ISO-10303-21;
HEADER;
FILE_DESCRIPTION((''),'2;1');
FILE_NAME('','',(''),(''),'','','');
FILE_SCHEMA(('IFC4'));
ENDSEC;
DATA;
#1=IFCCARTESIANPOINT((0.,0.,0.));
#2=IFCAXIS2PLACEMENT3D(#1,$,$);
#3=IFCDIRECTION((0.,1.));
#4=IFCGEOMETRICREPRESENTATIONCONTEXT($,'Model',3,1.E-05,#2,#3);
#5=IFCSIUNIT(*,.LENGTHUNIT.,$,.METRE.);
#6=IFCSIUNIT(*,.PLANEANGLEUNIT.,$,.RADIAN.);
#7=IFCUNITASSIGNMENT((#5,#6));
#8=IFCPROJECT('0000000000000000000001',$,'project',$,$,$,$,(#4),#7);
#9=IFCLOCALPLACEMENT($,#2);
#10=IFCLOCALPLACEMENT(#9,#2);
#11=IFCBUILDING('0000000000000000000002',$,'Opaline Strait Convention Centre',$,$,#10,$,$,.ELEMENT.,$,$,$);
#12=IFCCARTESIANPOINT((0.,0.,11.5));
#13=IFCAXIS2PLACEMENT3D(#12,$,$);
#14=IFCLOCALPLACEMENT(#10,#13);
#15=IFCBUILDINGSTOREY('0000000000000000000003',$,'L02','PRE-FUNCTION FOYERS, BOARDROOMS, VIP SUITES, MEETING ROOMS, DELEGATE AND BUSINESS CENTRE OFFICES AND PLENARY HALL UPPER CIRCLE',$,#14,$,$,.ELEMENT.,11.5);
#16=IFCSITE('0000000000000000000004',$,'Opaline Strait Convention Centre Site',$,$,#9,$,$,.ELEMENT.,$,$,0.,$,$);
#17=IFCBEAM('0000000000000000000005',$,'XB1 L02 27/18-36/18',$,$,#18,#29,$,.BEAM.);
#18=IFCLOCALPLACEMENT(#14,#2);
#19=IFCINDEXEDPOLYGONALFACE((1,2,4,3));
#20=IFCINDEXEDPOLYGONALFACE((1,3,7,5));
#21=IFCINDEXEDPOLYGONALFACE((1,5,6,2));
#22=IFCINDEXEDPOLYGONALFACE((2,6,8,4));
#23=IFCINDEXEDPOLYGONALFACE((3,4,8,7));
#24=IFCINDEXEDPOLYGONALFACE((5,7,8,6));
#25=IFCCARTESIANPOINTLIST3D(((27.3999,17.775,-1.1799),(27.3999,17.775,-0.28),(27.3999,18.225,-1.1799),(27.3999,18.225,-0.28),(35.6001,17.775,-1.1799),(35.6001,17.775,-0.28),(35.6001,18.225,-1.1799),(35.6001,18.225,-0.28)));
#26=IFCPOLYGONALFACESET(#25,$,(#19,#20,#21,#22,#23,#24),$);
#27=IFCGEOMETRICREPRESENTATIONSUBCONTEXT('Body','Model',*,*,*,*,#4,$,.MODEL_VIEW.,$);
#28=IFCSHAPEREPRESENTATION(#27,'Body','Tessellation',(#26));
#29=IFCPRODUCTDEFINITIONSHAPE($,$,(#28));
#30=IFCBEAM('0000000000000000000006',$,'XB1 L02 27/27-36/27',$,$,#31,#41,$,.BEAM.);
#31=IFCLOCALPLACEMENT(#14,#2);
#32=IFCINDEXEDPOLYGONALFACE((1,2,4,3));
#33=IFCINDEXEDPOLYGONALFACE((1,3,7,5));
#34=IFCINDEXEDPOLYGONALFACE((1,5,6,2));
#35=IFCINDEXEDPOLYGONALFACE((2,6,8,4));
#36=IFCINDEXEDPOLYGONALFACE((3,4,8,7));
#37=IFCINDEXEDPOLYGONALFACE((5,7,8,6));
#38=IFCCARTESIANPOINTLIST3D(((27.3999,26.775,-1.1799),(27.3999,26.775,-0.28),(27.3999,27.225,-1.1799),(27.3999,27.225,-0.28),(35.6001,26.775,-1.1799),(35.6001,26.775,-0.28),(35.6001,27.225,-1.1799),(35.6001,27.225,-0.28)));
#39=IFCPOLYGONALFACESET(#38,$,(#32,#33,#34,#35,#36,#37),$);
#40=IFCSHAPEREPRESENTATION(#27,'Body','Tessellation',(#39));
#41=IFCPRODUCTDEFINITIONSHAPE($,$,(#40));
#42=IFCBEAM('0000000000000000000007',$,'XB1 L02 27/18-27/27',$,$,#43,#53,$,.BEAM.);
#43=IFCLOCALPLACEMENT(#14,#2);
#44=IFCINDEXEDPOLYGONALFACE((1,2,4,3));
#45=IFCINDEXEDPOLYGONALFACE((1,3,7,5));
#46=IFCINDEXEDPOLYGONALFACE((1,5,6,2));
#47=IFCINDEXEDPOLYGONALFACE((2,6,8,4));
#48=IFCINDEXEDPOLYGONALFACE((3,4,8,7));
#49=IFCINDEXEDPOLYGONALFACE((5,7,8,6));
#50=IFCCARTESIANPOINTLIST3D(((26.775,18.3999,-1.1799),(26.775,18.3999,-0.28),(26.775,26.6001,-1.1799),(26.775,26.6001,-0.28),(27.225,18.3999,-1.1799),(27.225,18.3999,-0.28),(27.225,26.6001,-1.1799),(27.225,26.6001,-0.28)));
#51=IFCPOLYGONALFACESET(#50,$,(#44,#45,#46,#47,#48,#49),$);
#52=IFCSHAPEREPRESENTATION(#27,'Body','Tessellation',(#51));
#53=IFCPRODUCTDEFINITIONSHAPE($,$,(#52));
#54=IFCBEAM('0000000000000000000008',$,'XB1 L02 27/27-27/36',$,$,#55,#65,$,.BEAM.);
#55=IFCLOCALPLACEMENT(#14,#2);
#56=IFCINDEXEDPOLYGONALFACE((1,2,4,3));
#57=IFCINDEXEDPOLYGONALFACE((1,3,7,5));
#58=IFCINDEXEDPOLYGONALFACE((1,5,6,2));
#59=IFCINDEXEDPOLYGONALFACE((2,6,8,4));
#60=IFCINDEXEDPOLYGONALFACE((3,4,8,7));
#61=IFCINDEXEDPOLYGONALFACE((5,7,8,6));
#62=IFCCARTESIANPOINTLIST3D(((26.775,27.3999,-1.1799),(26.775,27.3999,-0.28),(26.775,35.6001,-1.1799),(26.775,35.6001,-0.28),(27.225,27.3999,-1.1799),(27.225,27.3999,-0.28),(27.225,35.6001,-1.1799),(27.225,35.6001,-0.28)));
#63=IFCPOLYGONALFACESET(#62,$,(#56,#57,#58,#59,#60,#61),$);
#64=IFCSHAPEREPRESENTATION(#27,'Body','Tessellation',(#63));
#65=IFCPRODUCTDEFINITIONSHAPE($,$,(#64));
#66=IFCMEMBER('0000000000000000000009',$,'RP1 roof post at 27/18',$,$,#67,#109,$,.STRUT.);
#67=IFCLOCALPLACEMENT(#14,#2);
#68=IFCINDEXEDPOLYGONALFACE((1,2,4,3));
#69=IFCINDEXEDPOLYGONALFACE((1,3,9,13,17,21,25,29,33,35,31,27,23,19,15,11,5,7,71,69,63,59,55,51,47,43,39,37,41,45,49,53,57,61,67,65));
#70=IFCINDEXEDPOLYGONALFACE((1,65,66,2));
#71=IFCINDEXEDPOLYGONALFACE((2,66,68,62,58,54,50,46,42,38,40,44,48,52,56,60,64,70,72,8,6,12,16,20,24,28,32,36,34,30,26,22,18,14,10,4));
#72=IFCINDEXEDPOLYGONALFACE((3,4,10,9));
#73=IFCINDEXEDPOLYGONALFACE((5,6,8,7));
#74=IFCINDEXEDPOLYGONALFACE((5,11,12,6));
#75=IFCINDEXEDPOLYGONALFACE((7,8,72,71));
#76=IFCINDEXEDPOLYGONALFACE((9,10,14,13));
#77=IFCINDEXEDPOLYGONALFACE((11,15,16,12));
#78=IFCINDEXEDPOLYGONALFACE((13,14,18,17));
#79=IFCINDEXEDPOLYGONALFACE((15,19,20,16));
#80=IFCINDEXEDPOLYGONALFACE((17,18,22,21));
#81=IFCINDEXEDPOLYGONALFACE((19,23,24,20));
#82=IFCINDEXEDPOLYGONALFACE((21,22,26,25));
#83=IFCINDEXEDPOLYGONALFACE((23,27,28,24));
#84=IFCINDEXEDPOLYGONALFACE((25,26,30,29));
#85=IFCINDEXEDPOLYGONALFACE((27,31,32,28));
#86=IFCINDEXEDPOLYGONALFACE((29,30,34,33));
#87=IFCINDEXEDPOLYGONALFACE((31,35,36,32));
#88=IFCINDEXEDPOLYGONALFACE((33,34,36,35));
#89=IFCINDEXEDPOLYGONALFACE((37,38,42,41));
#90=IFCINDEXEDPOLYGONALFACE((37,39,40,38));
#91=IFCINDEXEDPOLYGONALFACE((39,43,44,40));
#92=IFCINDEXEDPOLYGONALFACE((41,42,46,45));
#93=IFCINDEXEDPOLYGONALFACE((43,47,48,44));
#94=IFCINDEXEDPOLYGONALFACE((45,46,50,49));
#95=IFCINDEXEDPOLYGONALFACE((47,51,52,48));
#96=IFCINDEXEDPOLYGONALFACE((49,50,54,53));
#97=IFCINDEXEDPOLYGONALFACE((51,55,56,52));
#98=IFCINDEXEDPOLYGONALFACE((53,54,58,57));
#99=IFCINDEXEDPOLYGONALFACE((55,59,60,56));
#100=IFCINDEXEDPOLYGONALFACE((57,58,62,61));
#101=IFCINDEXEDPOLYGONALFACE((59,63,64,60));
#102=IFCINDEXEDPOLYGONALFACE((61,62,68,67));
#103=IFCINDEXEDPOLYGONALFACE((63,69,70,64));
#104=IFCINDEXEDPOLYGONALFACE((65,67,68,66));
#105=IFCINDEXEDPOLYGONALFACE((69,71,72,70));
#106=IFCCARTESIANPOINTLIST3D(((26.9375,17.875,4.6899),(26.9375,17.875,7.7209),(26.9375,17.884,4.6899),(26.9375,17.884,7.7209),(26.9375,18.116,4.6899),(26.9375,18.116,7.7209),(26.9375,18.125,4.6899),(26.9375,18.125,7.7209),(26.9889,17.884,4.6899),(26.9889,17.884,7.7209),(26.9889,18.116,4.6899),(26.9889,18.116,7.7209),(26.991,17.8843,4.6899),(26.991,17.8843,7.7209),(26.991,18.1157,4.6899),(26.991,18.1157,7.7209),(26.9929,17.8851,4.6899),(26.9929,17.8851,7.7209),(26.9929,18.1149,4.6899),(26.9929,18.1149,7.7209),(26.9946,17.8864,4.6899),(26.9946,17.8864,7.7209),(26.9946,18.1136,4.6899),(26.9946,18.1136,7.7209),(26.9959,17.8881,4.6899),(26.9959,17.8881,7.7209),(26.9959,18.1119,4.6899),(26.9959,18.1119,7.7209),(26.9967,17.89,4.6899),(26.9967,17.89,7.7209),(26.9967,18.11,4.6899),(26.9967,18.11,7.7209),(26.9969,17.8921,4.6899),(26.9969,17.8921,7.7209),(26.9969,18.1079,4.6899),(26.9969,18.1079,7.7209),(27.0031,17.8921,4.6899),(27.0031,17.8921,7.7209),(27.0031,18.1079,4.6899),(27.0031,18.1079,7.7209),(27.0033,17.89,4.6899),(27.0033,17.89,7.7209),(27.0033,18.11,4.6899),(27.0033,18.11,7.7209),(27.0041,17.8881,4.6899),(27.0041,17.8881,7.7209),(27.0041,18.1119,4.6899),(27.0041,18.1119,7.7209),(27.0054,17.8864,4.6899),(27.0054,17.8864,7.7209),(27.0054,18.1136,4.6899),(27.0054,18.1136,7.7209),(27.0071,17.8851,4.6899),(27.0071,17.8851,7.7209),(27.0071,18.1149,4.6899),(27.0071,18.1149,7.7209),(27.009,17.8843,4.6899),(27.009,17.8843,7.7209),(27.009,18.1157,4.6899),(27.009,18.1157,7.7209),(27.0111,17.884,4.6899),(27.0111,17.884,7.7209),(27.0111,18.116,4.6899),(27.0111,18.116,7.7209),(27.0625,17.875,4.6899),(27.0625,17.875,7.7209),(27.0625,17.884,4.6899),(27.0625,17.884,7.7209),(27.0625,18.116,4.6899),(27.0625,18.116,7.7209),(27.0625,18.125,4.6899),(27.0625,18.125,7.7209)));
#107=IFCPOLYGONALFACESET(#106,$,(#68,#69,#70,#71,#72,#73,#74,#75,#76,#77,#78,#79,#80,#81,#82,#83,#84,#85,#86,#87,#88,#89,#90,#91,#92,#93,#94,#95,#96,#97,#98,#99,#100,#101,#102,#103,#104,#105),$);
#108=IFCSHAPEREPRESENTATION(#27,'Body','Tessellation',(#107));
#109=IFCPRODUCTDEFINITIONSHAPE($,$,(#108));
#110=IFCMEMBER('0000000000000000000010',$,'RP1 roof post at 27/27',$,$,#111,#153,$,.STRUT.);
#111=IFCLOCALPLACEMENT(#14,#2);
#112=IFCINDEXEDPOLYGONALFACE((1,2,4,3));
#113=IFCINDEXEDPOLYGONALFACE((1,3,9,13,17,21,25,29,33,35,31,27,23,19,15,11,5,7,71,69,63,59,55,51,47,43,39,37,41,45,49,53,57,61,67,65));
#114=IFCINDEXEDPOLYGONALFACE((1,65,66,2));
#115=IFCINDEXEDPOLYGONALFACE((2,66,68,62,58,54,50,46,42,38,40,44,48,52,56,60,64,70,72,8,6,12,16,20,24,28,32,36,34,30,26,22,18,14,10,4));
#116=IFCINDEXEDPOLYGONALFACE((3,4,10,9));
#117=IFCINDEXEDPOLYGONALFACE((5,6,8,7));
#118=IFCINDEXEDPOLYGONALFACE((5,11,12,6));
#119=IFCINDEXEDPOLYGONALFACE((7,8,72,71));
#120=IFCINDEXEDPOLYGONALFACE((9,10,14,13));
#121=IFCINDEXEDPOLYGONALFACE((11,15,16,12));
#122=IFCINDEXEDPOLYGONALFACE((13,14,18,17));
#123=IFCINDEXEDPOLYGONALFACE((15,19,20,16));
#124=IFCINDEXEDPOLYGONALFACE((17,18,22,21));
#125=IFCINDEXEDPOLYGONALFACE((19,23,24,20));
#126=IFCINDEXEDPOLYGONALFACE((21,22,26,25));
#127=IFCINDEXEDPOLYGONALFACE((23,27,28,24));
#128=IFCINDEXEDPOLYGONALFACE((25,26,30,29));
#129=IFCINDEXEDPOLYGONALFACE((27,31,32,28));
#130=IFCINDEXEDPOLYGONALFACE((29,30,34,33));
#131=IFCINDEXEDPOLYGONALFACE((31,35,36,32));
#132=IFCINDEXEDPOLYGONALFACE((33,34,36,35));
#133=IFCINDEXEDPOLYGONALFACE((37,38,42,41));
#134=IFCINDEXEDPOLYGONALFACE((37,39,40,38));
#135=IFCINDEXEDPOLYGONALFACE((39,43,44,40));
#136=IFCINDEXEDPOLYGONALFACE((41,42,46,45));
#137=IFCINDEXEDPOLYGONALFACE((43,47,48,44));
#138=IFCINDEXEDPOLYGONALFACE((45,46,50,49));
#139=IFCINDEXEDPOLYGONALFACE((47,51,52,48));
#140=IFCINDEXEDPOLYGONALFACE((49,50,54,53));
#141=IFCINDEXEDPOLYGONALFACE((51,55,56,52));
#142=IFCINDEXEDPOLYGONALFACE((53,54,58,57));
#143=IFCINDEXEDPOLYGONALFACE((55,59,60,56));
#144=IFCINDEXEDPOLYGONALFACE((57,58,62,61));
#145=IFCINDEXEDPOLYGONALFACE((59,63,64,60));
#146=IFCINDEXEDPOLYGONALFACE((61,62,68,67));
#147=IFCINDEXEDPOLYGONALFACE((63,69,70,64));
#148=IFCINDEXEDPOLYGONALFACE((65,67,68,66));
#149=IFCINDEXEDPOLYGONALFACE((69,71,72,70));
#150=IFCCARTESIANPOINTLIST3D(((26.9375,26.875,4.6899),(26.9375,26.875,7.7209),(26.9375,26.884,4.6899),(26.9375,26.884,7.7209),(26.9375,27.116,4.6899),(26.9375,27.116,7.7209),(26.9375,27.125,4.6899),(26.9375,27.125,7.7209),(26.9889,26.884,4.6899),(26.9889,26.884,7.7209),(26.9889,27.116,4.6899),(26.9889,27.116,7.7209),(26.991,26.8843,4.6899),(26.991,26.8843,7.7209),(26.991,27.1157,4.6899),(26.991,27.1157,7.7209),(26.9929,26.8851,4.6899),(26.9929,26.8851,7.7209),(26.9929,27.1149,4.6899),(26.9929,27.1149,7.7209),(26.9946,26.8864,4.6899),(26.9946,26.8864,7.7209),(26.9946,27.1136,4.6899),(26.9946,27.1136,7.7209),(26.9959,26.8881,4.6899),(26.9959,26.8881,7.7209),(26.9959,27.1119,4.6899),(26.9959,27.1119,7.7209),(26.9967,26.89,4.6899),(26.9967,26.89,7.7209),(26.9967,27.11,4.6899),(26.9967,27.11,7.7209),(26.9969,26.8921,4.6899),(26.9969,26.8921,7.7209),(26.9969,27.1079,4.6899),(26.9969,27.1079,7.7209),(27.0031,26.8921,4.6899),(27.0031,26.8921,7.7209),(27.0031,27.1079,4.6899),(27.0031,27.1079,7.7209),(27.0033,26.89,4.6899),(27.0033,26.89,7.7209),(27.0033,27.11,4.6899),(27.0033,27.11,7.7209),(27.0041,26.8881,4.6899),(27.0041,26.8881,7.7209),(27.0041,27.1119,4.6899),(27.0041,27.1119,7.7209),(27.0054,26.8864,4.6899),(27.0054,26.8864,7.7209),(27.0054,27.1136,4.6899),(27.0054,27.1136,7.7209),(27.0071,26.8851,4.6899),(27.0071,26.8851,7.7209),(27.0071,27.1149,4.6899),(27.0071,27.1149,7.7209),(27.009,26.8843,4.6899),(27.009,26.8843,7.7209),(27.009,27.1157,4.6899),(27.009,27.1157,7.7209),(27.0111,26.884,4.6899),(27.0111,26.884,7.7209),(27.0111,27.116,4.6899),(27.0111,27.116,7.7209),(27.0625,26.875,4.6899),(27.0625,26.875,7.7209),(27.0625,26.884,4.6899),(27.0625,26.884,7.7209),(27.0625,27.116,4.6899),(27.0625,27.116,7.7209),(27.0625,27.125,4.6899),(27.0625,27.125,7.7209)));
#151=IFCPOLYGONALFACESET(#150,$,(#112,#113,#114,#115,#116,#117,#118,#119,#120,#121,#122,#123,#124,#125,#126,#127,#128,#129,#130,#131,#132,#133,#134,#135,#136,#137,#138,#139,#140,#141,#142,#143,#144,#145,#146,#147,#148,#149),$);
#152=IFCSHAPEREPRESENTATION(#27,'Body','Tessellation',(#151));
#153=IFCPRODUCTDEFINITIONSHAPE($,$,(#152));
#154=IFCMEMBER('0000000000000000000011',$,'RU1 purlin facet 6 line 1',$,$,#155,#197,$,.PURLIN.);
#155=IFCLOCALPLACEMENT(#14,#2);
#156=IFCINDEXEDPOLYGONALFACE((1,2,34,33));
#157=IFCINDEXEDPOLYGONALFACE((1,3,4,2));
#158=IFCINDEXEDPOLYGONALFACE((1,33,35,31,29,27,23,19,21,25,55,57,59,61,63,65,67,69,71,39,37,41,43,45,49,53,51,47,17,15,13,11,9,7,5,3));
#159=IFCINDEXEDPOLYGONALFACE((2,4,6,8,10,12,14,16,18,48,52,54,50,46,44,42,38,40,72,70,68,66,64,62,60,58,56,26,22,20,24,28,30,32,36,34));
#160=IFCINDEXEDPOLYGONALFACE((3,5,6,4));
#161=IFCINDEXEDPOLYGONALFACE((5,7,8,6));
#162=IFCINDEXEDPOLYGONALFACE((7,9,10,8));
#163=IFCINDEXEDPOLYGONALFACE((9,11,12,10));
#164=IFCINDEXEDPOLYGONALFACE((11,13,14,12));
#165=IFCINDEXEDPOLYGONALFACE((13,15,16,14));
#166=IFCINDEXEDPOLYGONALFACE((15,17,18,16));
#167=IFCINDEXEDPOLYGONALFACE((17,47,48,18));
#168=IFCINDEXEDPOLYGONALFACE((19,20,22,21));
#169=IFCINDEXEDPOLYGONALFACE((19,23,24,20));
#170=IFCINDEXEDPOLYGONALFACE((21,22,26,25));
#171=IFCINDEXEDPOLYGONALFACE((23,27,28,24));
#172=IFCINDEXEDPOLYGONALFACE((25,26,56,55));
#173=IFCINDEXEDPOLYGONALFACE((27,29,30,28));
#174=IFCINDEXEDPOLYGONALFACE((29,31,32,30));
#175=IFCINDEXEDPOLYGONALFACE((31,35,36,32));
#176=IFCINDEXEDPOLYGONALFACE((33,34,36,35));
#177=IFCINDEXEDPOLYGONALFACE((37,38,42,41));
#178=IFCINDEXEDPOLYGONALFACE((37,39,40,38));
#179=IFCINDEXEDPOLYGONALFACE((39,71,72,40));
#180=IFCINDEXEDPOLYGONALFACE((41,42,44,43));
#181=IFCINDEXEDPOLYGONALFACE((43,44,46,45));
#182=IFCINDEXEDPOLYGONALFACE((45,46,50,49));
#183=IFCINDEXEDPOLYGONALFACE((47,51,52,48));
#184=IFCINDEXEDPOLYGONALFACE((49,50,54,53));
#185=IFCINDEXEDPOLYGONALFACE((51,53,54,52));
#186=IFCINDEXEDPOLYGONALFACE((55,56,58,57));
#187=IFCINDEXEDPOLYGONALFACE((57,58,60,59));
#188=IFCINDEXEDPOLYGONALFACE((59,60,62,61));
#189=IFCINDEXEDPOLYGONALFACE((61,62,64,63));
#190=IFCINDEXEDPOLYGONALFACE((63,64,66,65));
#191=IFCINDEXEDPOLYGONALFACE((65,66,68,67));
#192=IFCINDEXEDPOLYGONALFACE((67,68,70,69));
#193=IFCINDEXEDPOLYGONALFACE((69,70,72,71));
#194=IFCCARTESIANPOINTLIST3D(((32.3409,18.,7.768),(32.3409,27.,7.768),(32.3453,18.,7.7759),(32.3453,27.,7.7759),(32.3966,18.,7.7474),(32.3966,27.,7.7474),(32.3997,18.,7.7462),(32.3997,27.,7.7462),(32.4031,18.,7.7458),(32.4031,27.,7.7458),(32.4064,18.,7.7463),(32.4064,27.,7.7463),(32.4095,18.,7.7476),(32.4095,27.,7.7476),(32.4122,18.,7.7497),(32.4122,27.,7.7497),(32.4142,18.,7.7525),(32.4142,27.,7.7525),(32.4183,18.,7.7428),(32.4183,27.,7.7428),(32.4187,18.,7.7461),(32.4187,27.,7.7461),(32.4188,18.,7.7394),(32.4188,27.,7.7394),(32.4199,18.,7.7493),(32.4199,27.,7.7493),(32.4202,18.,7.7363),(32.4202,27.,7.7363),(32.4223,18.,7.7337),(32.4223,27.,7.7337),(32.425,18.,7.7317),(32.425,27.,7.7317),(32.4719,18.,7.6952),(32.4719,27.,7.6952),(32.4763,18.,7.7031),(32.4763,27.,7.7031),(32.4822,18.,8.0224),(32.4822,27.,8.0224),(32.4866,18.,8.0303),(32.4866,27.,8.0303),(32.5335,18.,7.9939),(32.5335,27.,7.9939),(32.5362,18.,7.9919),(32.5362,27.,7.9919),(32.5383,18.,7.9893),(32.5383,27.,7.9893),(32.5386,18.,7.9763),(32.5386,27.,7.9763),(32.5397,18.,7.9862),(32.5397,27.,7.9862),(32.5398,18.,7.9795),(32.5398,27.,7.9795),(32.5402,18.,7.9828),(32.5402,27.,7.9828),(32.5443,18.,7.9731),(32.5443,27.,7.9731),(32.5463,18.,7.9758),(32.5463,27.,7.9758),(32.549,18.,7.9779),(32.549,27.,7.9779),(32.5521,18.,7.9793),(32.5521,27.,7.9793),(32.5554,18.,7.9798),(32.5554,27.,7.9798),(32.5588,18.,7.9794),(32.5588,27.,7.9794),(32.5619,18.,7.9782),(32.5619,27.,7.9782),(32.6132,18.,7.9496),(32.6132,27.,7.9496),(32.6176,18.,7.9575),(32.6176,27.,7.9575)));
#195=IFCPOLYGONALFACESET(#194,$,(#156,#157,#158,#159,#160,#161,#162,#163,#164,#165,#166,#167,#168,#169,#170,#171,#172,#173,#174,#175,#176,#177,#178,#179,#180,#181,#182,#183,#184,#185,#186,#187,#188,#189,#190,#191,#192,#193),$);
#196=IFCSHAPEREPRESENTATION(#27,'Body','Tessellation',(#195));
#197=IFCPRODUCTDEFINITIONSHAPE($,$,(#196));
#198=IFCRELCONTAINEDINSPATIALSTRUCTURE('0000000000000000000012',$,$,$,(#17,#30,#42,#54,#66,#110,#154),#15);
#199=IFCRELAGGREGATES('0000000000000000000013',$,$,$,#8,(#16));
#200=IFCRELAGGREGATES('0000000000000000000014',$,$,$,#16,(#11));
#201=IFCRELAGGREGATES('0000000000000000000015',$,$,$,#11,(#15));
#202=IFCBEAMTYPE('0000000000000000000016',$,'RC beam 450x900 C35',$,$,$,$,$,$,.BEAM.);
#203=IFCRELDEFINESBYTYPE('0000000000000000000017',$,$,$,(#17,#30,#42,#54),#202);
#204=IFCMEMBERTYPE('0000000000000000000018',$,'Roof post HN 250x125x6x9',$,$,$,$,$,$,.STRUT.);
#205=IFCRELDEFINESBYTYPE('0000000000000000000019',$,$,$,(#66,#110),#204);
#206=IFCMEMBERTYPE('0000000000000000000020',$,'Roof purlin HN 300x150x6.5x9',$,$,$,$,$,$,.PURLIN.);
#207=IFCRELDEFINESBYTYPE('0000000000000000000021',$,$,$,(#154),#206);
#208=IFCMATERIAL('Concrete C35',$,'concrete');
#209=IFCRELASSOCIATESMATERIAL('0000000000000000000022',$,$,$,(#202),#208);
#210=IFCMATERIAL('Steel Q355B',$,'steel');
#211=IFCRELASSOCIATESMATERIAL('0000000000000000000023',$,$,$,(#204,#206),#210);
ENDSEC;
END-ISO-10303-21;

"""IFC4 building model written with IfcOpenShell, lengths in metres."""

from ifc_helpers import new_model, si_unit, direction, frame, origin, origin_2d, place, context, subcontext, project, spatial, rectangle, i_section, extrude, material, material_profile, profile_set, type_object, element, save


model = new_model("IFC4")

# Units and contexts
model_context = context("Model", 3, precision=1e-05, world=origin(), true_north=direction((0.0, 1.0)))
body_context = subcontext(model_context, "Body", "Model", "MODEL_VIEW")
ifc_project = project(units=[si_unit("LENGTHUNIT", "METRE"), si_unit("PLANEANGLEUNIT", "RADIAN")], contexts=[model_context])

# Site, building, storey
site_placement = place(None, origin())
site = spatial("IfcSite", under=ifc_project, at=site_placement, Name="Opaline Strait Convention Centre Site", CompositionType="ELEMENT", RefElevation=0.0)
building_placement = place(site_placement, origin())
building = spatial("IfcBuilding", under=site, at=building_placement, Name="Opaline Strait Convention Centre", CompositionType="ELEMENT")
storey_placement = place(building_placement, frame((0.0, 0.0, 11.5)))
storey = spatial("IfcBuildingStorey", under=building, at=storey_placement, Name="L02", Description="PRE-FUNCTION FOYERS, BOARDROOMS, VIP SUITES, MEETING ROOMS, DELEGATE AND BUSINESS CENTRE OFFICES AND PLENARY HALL UPPER CIRCLE", CompositionType="ELEMENT", Elevation=11.5)

# Shared definitions
ifc_material_1 = material(Name="Steel Q355B", Category="steel")

# Beams
ifc_material_2 = material(Name="Concrete C35", Category="concrete")
ifc_material_profile_1 = material_profile(ifc_material_2, rectangle(XDim=0.45, YDim=0.8999, at=origin_2d()), Name="RC 450x900")
ifc_profile_set_1 = profile_set([ifc_material_profile_1], Name="Concrete C35")
beam_type = type_object("IfcBeamType", Name="RC beam 450x900 C35", PredefinedType="BEAM", material=ifc_profile_set_1)
for number, where, z_axis, x_axis, name in (
    (1, (27.3999, 18.0, -0.73), (1.0, 0.0, 0.0), (0.0, 1.0, 0.0), "XB1 L02 27/18-36/18"),
    (2, (27.3999, 27.0, -0.73), (1.0, 0.0, 0.0), (0.0, 1.0, 0.0), "XB1 L02 27/27-36/27"),
    (3, (27.0, 18.3999, -0.73), (0.0, 1.0, 0.0), (-1.0, 0.0, 0.0), "XB1 L02 27/18-27/27"),
    (4, (27.0, 27.3999, -0.73), (0.0, 1.0, 0.0), (-1.0, 0.0, 0.0), "XB1 L02 27/27-27/36"),
):
    element("IfcBeam", number, at=place(storey_placement, frame(where, z_axis=z_axis, x_axis=x_axis)), inside=storey, type_object=beam_type, Name=name, PredefinedType="BEAM", context=body_context, shape_type="SweptSolid", body=[
        extrude(rectangle(XDim=0.45, YDim=0.8999, at=origin_2d()), origin(), (0.0, 0.0, 1.0), 8.2002),
    ])

# Members
ifc_material_profile_2 = material_profile(ifc_material_1, i_section(OverallWidth=0.125, OverallDepth=0.25, WebThickness=0.0061, FlangeThickness=0.009, FilletRadius=0.0081, at=origin_2d()), Name="HN 250x125x6x9")
ifc_profile_set_2 = profile_set([ifc_material_profile_2], Name="Steel Q355B")
member_type_1 = type_object("IfcMemberType", Name="Roof post HN 250x125x6x9", PredefinedType="STRUT", material=ifc_profile_set_2)
for number, where, z_axis, x_axis, name in (
    (5, (27.0, 18.0, 4.6899), (0.0, 0.0, 1.0), (1.0, 0.0, 0.0), "RP1 roof post at 27/18"),
    (6, (27.0, 27.0, 4.6899), (0.0, 0.0, 1.0), (1.0, 0.0, 0.0), "RP1 roof post at 27/27"),
):
    element("IfcMember", number, at=place(storey_placement, frame(where, z_axis=z_axis, x_axis=x_axis)), inside=storey, type_object=member_type_1, Name=name, PredefinedType="STRUT", context=body_context, shape_type="SweptSolid", body=[
        extrude(i_section(OverallWidth=0.125, OverallDepth=0.25, WebThickness=0.0061, FlangeThickness=0.009, FilletRadius=0.0081, at=origin_2d()), origin(), (0.0, 0.0, 1.0), 3.031),
    ])
ifc_material_profile_3 = material_profile(ifc_material_1, i_section(OverallWidth=0.1499, OverallDepth=0.3, WebThickness=0.0066, FlangeThickness=0.009, FilletRadius=0.0129, at=origin_2d()), Name="HN 300x150x6.5x9")
ifc_profile_set_3 = profile_set([ifc_material_profile_3], Name="Steel Q355B")
member_type_2 = type_object("IfcMemberType", Name="Roof purlin HN 300x150x6.5x9", PredefinedType="PURLIN", material=ifc_profile_set_3)
for number, where, z_axis, x_axis, name in (
    (7, (32.4792, 18.0, 7.8628), (0.0, 1.0, 0.0), (-0.874157, 0.0, 0.485643), "RU1 purlin facet 6 line 1"),
):
    element("IfcMember", number, at=place(storey_placement, frame(where, z_axis=z_axis, x_axis=x_axis)), inside=storey, type_object=member_type_2, Name=name, PredefinedType="PURLIN", context=body_context, shape_type="SweptSolid", body=[
        extrude(i_section(OverallWidth=0.1499, OverallDepth=0.3, WebThickness=0.0066, FlangeThickness=0.009, FilletRadius=0.0129, at=origin_2d()), origin(), (0.0, 0.0, 1.0), 9.0),
    ])

save(model, "model.ifc")
